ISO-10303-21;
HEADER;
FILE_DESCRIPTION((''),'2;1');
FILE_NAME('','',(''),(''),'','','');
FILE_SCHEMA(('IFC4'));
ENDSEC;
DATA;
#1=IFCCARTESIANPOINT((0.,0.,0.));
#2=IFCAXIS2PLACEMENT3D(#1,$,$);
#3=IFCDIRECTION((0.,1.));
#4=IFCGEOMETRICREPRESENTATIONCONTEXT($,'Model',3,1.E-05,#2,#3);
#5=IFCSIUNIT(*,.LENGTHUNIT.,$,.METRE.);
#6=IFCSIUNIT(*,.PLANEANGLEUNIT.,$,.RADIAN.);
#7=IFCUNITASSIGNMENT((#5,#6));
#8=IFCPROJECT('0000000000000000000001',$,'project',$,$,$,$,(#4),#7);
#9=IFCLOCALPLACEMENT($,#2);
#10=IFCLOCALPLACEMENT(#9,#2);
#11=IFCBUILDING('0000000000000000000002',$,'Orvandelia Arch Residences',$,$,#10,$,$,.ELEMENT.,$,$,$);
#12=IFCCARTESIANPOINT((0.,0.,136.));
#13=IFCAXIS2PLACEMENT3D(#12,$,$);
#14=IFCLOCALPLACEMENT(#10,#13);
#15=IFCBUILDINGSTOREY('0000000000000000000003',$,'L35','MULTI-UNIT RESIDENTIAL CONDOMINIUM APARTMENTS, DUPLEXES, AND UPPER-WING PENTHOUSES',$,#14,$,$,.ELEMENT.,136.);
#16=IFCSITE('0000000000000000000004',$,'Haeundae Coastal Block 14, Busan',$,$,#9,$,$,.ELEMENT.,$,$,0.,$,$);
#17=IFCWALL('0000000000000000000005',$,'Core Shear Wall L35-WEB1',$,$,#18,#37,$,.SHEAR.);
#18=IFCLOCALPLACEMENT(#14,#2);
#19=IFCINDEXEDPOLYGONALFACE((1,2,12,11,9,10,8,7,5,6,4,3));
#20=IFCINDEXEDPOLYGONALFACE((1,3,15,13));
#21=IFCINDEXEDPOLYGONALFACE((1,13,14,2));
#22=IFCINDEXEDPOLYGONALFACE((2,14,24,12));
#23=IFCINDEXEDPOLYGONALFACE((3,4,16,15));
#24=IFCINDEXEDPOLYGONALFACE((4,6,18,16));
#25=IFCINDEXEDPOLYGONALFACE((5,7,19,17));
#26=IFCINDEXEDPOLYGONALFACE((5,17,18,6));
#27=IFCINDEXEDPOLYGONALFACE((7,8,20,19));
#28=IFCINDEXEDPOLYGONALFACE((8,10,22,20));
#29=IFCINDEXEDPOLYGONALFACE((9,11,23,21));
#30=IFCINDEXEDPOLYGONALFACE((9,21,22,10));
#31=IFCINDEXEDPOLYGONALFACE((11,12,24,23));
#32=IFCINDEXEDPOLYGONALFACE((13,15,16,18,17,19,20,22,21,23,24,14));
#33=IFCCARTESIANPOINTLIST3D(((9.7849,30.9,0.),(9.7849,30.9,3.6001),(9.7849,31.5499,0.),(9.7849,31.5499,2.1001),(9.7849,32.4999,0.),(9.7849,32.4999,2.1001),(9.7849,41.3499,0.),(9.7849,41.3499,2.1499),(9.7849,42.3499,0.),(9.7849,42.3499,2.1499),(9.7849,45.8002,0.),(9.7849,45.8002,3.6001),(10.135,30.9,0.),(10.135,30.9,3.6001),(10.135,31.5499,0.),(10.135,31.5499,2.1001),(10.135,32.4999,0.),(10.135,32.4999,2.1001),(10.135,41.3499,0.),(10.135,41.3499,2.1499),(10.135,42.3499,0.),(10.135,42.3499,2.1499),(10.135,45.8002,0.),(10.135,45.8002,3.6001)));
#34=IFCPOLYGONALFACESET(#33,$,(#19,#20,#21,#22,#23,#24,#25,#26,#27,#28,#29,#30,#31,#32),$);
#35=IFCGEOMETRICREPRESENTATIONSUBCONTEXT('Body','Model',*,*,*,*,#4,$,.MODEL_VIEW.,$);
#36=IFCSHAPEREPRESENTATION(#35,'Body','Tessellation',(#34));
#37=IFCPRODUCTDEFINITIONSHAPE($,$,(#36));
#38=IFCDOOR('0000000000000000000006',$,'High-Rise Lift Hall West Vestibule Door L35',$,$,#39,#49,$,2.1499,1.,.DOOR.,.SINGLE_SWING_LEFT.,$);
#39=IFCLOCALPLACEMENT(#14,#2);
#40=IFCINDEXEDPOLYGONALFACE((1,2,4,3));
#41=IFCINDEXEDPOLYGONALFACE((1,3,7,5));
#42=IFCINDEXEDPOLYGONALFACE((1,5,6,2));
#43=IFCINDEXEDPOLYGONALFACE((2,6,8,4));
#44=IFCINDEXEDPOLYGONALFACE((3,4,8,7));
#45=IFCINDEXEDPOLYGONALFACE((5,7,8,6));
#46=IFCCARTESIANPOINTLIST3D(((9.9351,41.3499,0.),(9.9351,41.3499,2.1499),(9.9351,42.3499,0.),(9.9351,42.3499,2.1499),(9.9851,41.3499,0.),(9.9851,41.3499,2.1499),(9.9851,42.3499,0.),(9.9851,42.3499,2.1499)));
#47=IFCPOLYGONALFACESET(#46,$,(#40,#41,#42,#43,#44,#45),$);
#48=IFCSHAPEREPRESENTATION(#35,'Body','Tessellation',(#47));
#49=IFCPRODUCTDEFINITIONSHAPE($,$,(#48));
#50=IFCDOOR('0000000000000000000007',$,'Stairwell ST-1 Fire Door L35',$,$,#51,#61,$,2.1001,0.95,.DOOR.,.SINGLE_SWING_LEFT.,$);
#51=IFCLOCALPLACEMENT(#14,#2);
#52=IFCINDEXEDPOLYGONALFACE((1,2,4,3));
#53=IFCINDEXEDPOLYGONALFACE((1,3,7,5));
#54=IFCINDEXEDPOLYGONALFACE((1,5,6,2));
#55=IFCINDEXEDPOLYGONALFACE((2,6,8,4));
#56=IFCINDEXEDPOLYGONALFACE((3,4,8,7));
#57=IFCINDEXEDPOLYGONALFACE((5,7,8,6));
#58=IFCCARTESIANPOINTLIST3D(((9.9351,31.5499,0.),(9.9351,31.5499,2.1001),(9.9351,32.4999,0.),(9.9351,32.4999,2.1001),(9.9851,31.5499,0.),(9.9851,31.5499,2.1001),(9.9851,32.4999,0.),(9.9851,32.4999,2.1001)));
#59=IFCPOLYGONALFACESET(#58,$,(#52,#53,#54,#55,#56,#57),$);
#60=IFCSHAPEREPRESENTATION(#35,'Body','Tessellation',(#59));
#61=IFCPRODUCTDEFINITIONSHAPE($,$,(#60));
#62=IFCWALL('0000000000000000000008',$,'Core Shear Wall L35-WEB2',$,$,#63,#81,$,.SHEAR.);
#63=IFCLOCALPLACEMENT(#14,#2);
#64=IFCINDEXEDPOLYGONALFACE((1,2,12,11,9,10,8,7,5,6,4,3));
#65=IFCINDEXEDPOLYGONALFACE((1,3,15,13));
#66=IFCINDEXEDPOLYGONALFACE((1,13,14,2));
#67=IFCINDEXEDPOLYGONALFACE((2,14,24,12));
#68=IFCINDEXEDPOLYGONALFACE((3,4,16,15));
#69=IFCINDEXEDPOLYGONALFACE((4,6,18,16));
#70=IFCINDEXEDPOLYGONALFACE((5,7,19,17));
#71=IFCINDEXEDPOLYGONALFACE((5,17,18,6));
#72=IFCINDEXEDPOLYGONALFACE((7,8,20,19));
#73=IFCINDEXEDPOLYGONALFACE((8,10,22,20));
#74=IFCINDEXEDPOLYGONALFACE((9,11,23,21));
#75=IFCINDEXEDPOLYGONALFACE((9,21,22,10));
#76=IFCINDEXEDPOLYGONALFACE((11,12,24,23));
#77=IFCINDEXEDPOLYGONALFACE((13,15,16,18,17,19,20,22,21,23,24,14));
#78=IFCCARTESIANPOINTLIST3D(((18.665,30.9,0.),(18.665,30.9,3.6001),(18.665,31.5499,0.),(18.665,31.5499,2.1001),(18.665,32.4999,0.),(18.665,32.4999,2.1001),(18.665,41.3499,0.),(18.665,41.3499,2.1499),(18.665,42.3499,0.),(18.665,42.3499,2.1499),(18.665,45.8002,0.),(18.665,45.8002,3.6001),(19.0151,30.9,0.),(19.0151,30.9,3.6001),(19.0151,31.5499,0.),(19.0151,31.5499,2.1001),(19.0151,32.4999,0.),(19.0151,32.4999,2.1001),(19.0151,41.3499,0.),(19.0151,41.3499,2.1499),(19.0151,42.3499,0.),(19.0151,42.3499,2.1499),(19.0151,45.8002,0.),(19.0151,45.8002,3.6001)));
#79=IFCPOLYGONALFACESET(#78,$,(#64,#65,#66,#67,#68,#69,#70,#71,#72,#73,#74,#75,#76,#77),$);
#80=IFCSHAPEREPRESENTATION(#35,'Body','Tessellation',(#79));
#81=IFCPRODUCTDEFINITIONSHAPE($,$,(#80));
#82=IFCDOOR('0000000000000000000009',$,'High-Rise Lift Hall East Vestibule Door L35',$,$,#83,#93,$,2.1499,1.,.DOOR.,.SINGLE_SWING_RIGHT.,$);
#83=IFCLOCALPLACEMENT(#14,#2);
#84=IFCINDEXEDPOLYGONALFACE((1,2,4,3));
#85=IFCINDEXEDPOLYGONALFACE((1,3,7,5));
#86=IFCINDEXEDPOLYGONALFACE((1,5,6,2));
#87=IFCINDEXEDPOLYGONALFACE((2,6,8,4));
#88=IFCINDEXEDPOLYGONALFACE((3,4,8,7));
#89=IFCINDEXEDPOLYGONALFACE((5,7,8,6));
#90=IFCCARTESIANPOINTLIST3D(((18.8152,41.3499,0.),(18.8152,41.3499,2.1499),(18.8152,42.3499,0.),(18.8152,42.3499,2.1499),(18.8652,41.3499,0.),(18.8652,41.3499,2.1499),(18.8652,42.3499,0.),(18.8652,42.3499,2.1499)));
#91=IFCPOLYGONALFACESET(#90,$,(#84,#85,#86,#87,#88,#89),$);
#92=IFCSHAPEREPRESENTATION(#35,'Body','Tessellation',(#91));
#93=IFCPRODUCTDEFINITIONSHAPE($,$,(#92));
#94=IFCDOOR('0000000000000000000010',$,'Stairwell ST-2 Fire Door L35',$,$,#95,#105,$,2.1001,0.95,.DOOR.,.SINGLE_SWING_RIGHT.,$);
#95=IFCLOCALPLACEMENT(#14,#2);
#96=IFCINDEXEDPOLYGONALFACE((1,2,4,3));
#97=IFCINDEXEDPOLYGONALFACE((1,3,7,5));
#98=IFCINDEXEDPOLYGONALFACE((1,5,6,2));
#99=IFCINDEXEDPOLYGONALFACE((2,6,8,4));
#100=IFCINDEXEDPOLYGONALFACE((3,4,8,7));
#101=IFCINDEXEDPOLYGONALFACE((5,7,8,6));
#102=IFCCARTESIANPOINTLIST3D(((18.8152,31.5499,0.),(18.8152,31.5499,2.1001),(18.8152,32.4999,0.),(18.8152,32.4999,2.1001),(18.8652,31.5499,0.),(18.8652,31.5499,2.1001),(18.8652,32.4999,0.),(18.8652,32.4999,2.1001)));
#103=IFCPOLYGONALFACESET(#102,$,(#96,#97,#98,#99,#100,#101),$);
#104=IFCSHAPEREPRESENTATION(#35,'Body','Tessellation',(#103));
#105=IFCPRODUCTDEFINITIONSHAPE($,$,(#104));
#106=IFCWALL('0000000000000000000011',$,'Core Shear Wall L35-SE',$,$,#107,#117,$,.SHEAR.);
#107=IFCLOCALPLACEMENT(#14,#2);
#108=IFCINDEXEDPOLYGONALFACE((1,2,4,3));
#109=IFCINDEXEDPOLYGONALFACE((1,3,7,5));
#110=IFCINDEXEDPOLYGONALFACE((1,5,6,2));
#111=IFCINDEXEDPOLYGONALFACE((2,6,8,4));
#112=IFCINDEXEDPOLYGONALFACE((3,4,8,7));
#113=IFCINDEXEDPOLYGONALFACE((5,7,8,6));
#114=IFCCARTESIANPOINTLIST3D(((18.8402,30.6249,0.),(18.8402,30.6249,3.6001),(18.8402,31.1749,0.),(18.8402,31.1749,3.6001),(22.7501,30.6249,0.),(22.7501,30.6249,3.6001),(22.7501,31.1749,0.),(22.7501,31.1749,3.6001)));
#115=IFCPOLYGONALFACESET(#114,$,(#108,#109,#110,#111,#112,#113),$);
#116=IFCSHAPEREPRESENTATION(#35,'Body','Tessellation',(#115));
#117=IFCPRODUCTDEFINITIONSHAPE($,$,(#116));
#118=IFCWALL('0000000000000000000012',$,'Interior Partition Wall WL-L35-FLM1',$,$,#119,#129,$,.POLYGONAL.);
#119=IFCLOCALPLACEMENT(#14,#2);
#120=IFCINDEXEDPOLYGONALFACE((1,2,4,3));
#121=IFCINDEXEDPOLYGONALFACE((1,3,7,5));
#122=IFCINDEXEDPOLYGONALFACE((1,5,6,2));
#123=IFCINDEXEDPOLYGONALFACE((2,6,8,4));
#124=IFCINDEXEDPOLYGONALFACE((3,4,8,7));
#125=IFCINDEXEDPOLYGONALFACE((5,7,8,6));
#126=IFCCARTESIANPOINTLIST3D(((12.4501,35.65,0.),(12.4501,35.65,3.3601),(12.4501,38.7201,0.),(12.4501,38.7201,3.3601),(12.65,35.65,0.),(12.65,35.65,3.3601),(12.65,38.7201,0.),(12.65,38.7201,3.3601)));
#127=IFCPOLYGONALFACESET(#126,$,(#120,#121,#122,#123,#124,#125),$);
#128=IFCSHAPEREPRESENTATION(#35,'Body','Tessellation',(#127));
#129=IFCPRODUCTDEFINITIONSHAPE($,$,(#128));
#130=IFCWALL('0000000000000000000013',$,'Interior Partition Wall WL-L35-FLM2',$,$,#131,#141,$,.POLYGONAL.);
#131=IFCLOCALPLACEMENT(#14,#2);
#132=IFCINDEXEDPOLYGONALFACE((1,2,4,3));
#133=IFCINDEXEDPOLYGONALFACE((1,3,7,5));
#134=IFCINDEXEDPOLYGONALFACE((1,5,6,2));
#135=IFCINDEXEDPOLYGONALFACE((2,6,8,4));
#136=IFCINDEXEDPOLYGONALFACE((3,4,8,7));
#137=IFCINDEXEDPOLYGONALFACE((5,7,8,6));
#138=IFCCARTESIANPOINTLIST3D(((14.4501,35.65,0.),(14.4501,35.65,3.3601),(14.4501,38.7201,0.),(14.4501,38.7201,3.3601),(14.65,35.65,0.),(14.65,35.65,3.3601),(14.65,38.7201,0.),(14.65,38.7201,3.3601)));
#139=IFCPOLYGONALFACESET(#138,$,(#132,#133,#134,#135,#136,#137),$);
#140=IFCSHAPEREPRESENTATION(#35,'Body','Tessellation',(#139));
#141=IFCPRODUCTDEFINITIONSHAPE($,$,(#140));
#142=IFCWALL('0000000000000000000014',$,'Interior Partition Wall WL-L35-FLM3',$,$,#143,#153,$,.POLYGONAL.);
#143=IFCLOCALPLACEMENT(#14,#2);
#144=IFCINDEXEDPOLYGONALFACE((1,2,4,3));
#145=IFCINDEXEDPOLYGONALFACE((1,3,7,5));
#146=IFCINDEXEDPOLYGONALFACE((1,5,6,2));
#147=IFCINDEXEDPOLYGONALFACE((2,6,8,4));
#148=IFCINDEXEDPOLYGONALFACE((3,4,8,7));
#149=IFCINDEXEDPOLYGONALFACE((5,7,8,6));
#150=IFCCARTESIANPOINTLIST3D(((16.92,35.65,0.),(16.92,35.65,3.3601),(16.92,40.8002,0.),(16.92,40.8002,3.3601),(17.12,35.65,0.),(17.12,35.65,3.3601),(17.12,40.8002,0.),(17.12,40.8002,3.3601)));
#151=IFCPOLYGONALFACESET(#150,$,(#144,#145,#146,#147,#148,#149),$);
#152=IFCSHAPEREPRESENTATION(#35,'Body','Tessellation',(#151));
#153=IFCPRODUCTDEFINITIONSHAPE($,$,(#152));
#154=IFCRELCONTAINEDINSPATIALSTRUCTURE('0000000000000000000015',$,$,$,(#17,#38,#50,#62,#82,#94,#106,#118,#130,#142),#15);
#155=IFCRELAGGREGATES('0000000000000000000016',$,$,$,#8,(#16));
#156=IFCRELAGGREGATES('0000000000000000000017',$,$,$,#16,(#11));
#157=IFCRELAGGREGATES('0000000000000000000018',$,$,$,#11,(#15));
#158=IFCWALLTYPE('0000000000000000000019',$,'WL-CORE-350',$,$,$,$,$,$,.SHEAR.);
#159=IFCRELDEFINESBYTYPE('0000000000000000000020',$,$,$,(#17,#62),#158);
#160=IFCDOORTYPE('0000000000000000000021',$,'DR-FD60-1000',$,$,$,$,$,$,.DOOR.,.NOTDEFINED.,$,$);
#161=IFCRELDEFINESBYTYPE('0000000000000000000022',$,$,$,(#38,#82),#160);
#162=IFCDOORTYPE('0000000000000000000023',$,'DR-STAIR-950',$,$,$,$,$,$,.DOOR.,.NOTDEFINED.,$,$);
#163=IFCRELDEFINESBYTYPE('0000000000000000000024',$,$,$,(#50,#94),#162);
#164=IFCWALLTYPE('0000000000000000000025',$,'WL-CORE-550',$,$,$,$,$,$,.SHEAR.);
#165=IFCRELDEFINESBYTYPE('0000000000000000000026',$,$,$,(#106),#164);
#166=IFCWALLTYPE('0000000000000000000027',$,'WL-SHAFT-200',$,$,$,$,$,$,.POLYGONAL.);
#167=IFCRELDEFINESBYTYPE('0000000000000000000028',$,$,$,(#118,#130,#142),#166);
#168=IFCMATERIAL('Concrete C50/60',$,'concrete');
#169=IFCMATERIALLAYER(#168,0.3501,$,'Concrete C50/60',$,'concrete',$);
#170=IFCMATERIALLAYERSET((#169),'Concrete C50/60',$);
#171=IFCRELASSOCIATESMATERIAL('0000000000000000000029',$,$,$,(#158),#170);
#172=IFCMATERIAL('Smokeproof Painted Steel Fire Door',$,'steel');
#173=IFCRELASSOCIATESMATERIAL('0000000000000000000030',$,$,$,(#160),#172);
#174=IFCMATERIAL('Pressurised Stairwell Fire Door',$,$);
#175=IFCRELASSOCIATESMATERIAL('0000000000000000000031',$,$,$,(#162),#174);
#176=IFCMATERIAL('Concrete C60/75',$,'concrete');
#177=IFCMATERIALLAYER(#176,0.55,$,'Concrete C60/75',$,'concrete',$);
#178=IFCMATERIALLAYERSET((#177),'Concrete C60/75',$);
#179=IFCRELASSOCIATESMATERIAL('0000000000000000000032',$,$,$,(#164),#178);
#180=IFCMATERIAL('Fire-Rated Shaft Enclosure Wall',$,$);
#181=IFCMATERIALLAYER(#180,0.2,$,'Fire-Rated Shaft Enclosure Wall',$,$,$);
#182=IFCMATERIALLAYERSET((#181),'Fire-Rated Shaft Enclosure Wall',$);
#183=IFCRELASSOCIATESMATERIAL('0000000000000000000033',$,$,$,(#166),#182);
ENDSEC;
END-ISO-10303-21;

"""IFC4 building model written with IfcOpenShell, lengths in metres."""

from ifc_helpers import new_model, si_unit, direction, frame, frame_2d, origin, place, context, subcontext, project, spatial, rectangle, extrude, material, layer, layer_set, type_object, element, fill, save


model = new_model("IFC4")

# Units and contexts
model_context = context("Model", 3, precision=1e-05, world=origin(), true_north=direction((0.0, 1.0)))
body_context = subcontext(model_context, "Body", "Model", "MODEL_VIEW")
ifc_project = project(units=[si_unit("LENGTHUNIT", "METRE"), si_unit("PLANEANGLEUNIT", "RADIAN")], contexts=[model_context])

# Site, building, storey
site_placement = place(None, origin())
site = spatial("IfcSite", under=ifc_project, at=site_placement, Name="Haeundae Coastal Block 14, Busan", CompositionType="ELEMENT", RefElevation=0.0)
building_placement = place(site_placement, origin())
building = spatial("IfcBuilding", under=site, at=building_placement, Name="Orvandelia Arch Residences", CompositionType="ELEMENT")
storey_placement = place(building_placement, frame((0.0, 0.0, 136.0)))
storey = spatial("IfcBuildingStorey", under=building, at=storey_placement, Name="L35", Description="MULTI-UNIT RESIDENTIAL CONDOMINIUM APARTMENTS, DUPLEXES, AND UPPER-WING PENTHOUSES", CompositionType="ELEMENT", Elevation=136.0)

# Walls, openings, doors
ifc_material_1 = material(Name="Concrete C50/60", Category="concrete")
ifc_layer_1 = layer(ifc_material_1, 0.3501, Name="Concrete C50/60", Category="concrete")
ifc_layer_set_1 = layer_set([ifc_layer_1], Name="Concrete C50/60")
wall_type_1 = type_object("IfcWallType", Name="WL-CORE-350", PredefinedType="SHEAR", material=ifc_layer_set_1)
wall_1_placement = place(storey_placement, frame((9.96, 30.8999, 0.0), z_axis=(0.0, 0.0, 1.0), x_axis=(0.0, 1.0, 0.0)))
wall_1 = element("IfcWall", 1, at=wall_1_placement, inside=storey, type_object=wall_type_1, Name="Core Shear Wall L35-WEB1", PredefinedType="SHEAR", context=body_context, shape_type="SweptSolid", body=[
    extrude(rectangle(XDim=14.9001, YDim=0.3501, at=frame_2d((7.4502, 0.0))), origin(), (0.0, 0.0, 1.0), 3.6001),
])
opening_1_placement = place(wall_1_placement, frame((0.6499, 0.0, 0.0)))
opening_1 = element("IfcOpeningElement", 2, at=opening_1_placement, cuts=wall_1, PredefinedType="OPENING", context=body_context, shape_type="SweptSolid", body=[
    extrude(rectangle(XDim=0.95, YDim=2.1001, at=frame_2d((0.4751, 1.05))), frame((0.0, 0.1851, 0.0), z_axis=(0.0, -1.0, 0.0), x_axis=(1.0, 0.0, 0.0)), (0.0, 0.0, 1.0), 0.3701),
])
opening_2_placement = place(wall_1_placement, frame((10.45, 0.0, 0.0)))
opening_2 = element("IfcOpeningElement", 3, at=opening_2_placement, cuts=wall_1, PredefinedType="OPENING", context=body_context, shape_type="SweptSolid", body=[
    extrude(rectangle(XDim=1.0, YDim=2.1499, at=frame_2d((0.5, 1.075))), frame((0.0, 0.1851, 0.0), z_axis=(0.0, -1.0, 0.0), x_axis=(1.0, 0.0, 0.0)), (0.0, 0.0, 1.0), 0.3701),
])
ifc_material_2 = material(Name="Smokeproof Painted Steel Fire Door", Category="steel")
door_type_1 = type_object("IfcDoorType", Name="DR-FD60-1000", OperationType="NOTDEFINED", PredefinedType="DOOR", material=ifc_material_2)
door_1_placement = place(opening_2_placement, origin())
door_1 = element("IfcDoor", 4, at=door_1_placement, inside=storey, type_object=door_type_1, Name="High-Rise Lift Hall West Vestibule Door L35", OperationType="SINGLE_SWING_LEFT", OverallHeight=2.1499, OverallWidth=1.0, PredefinedType="DOOR", context=body_context, shape_type="SweptSolid", body=[
    extrude(rectangle(XDim=1.0, YDim=2.1499, at=frame_2d((0.5, 1.075))), frame((0.0, 0.0249, 0.0), z_axis=(0.0, -1.0, 0.0), x_axis=(1.0, 0.0, 0.0)), (0.0, 0.0, 1.0), 0.05),
])
fill(opening_2, door_1)
ifc_material_3 = material(Name="Pressurised Stairwell Fire Door")
door_type_2 = type_object("IfcDoorType", Name="DR-STAIR-950", OperationType="NOTDEFINED", PredefinedType="DOOR", material=ifc_material_3)
door_2_placement = place(opening_1_placement, origin())
door_2 = element("IfcDoor", 5, at=door_2_placement, inside=storey, type_object=door_type_2, Name="Stairwell ST-1 Fire Door L35", OperationType="SINGLE_SWING_LEFT", OverallHeight=2.1001, OverallWidth=0.95, PredefinedType="DOOR", context=body_context, shape_type="SweptSolid", body=[
    extrude(rectangle(XDim=0.95, YDim=2.1001, at=frame_2d((0.4751, 1.05))), frame((0.0, 0.0249, 0.0), z_axis=(0.0, -1.0, 0.0), x_axis=(1.0, 0.0, 0.0)), (0.0, 0.0, 1.0), 0.05),
])
fill(opening_1, door_2)
wall_2_placement = place(storey_placement, frame((18.8401, 30.8999, 0.0), z_axis=(0.0, 0.0, 1.0), x_axis=(0.0, 1.0, 0.0)))
wall_2 = element("IfcWall", 6, at=wall_2_placement, inside=storey, type_object=wall_type_1, Name="Core Shear Wall L35-WEB2", PredefinedType="SHEAR", context=body_context, shape_type="SweptSolid", body=[
    extrude(rectangle(XDim=14.9001, YDim=0.3501, at=frame_2d((7.4502, 0.0))), origin(), (0.0, 0.0, 1.0), 3.6001),
])
opening_3_placement = place(wall_2_placement, frame((0.6499, 0.0, 0.0)))
opening_3 = element("IfcOpeningElement", 7, at=opening_3_placement, cuts=wall_2, PredefinedType="OPENING", context=body_context, shape_type="SweptSolid", body=[
    extrude(rectangle(XDim=0.95, YDim=2.1001, at=frame_2d((0.4751, 1.05))), frame((0.0, 0.1851, 0.0), z_axis=(0.0, -1.0, 0.0), x_axis=(1.0, 0.0, 0.0)), (0.0, 0.0, 1.0), 0.3701),
])
opening_4_placement = place(wall_2_placement, frame((10.45, 0.0, 0.0)))
opening_4 = element("IfcOpeningElement", 8, at=opening_4_placement, cuts=wall_2, PredefinedType="OPENING", context=body_context, shape_type="SweptSolid", body=[
    extrude(rectangle(XDim=1.0, YDim=2.1499, at=frame_2d((0.5, 1.075))), frame((0.0, 0.1851, 0.0), z_axis=(0.0, -1.0, 0.0), x_axis=(1.0, 0.0, 0.0)), (0.0, 0.0, 1.0), 0.3701),
])
door_3_placement = place(opening_4_placement, origin())
door_3 = element("IfcDoor", 9, at=door_3_placement, inside=storey, type_object=door_type_1, Name="High-Rise Lift Hall East Vestibule Door L35", OperationType="SINGLE_SWING_RIGHT", OverallHeight=2.1499, OverallWidth=1.0, PredefinedType="DOOR", context=body_context, shape_type="SweptSolid", body=[
    extrude(rectangle(XDim=1.0, YDim=2.1499, at=frame_2d((0.5, 1.075))), frame((0.0, 0.0249, 0.0), z_axis=(0.0, -1.0, 0.0), x_axis=(1.0, 0.0, 0.0)), (0.0, 0.0, 1.0), 0.05),
])
fill(opening_4, door_3)
door_4_placement = place(opening_3_placement, origin())
door_4 = element("IfcDoor", 10, at=door_4_placement, inside=storey, type_object=door_type_2, Name="Stairwell ST-2 Fire Door L35", OperationType="SINGLE_SWING_RIGHT", OverallHeight=2.1001, OverallWidth=0.95, PredefinedType="DOOR", context=body_context, shape_type="SweptSolid", body=[
    extrude(rectangle(XDim=0.95, YDim=2.1001, at=frame_2d((0.4751, 1.05))), frame((0.0, 0.0249, 0.0), z_axis=(0.0, -1.0, 0.0), x_axis=(1.0, 0.0, 0.0)), (0.0, 0.0, 1.0), 0.05),
])
fill(opening_3, door_4)

# Shared definitions
ifc_material_4 = material(Name="Concrete C60/75", Category="concrete")
ifc_layer_2 = layer(ifc_material_4, 0.55, Name="Concrete C60/75", Category="concrete")
ifc_layer_set_2 = layer_set([ifc_layer_2], Name="Concrete C60/75")
wall_type_2 = type_object("IfcWallType", Name="WL-CORE-550", PredefinedType="SHEAR", material=ifc_layer_set_2)

# Walls
wall_3_placement = place(storey_placement, frame((18.8401, 30.8999, 0.0), z_axis=(0.0, 0.0, 1.0), x_axis=(1.0, 0.0, 0.0)))
element("IfcWall", 11, at=wall_3_placement, inside=storey, type_object=wall_type_2, Name="Core Shear Wall L35-SE", PredefinedType="SHEAR", context=body_context, shape_type="SweptSolid", body=[
    extrude(rectangle(XDim=3.9099, YDim=0.55, at=frame_2d((1.9551, 0.0))), origin(), (0.0, 0.0, 1.0), 3.6001),
])
ifc_material_5 = material(Name="Fire-Rated Shaft Enclosure Wall")
ifc_layer_3 = layer(ifc_material_5, 0.2, Name="Fire-Rated Shaft Enclosure Wall")
ifc_layer_set_3 = layer_set([ifc_layer_3], Name="Fire-Rated Shaft Enclosure Wall")
wall_type_3 = type_object("IfcWallType", Name="WL-SHAFT-200", PredefinedType="POLYGONAL", material=ifc_layer_set_3)
for number, where, z_axis, x_axis, name in (
    (12, (12.55, 35.6499, 0.0), (0.0, 0.0, 1.0), (0.0, 1.0, 0.0), "Interior Partition Wall WL-L35-FLM1"),
    (13, (14.55, 35.6499, 0.0), (0.0, 0.0, 1.0), (0.0, 1.0, 0.0), "Interior Partition Wall WL-L35-FLM2"),
):
    element("IfcWall", number, at=place(storey_placement, frame(where, z_axis=z_axis, x_axis=x_axis)), inside=storey, type_object=wall_type_3, Name=name, PredefinedType="POLYGONAL", context=body_context, shape_type="SweptSolid", body=[
        extrude(rectangle(XDim=3.0701, YDim=0.2, at=frame_2d((1.5352, 0.0))), origin(), (0.0, 0.0, 1.0), 3.3601),
    ])
wall_4_placement = place(storey_placement, frame((17.02, 35.6499, 0.0), z_axis=(0.0, 0.0, 1.0), x_axis=(0.0, 1.0, 0.0)))
element("IfcWall", 14, at=wall_4_placement, inside=storey, type_object=wall_type_3, Name="Interior Partition Wall WL-L35-FLM3", PredefinedType="POLYGONAL", context=body_context, shape_type="SweptSolid", body=[
    extrude(rectangle(XDim=5.1501, YDim=0.2, at=frame_2d((2.5752, 0.0))), origin(), (0.0, 0.0, 1.0), 3.3601),
])

save(model, "model.ifc")
